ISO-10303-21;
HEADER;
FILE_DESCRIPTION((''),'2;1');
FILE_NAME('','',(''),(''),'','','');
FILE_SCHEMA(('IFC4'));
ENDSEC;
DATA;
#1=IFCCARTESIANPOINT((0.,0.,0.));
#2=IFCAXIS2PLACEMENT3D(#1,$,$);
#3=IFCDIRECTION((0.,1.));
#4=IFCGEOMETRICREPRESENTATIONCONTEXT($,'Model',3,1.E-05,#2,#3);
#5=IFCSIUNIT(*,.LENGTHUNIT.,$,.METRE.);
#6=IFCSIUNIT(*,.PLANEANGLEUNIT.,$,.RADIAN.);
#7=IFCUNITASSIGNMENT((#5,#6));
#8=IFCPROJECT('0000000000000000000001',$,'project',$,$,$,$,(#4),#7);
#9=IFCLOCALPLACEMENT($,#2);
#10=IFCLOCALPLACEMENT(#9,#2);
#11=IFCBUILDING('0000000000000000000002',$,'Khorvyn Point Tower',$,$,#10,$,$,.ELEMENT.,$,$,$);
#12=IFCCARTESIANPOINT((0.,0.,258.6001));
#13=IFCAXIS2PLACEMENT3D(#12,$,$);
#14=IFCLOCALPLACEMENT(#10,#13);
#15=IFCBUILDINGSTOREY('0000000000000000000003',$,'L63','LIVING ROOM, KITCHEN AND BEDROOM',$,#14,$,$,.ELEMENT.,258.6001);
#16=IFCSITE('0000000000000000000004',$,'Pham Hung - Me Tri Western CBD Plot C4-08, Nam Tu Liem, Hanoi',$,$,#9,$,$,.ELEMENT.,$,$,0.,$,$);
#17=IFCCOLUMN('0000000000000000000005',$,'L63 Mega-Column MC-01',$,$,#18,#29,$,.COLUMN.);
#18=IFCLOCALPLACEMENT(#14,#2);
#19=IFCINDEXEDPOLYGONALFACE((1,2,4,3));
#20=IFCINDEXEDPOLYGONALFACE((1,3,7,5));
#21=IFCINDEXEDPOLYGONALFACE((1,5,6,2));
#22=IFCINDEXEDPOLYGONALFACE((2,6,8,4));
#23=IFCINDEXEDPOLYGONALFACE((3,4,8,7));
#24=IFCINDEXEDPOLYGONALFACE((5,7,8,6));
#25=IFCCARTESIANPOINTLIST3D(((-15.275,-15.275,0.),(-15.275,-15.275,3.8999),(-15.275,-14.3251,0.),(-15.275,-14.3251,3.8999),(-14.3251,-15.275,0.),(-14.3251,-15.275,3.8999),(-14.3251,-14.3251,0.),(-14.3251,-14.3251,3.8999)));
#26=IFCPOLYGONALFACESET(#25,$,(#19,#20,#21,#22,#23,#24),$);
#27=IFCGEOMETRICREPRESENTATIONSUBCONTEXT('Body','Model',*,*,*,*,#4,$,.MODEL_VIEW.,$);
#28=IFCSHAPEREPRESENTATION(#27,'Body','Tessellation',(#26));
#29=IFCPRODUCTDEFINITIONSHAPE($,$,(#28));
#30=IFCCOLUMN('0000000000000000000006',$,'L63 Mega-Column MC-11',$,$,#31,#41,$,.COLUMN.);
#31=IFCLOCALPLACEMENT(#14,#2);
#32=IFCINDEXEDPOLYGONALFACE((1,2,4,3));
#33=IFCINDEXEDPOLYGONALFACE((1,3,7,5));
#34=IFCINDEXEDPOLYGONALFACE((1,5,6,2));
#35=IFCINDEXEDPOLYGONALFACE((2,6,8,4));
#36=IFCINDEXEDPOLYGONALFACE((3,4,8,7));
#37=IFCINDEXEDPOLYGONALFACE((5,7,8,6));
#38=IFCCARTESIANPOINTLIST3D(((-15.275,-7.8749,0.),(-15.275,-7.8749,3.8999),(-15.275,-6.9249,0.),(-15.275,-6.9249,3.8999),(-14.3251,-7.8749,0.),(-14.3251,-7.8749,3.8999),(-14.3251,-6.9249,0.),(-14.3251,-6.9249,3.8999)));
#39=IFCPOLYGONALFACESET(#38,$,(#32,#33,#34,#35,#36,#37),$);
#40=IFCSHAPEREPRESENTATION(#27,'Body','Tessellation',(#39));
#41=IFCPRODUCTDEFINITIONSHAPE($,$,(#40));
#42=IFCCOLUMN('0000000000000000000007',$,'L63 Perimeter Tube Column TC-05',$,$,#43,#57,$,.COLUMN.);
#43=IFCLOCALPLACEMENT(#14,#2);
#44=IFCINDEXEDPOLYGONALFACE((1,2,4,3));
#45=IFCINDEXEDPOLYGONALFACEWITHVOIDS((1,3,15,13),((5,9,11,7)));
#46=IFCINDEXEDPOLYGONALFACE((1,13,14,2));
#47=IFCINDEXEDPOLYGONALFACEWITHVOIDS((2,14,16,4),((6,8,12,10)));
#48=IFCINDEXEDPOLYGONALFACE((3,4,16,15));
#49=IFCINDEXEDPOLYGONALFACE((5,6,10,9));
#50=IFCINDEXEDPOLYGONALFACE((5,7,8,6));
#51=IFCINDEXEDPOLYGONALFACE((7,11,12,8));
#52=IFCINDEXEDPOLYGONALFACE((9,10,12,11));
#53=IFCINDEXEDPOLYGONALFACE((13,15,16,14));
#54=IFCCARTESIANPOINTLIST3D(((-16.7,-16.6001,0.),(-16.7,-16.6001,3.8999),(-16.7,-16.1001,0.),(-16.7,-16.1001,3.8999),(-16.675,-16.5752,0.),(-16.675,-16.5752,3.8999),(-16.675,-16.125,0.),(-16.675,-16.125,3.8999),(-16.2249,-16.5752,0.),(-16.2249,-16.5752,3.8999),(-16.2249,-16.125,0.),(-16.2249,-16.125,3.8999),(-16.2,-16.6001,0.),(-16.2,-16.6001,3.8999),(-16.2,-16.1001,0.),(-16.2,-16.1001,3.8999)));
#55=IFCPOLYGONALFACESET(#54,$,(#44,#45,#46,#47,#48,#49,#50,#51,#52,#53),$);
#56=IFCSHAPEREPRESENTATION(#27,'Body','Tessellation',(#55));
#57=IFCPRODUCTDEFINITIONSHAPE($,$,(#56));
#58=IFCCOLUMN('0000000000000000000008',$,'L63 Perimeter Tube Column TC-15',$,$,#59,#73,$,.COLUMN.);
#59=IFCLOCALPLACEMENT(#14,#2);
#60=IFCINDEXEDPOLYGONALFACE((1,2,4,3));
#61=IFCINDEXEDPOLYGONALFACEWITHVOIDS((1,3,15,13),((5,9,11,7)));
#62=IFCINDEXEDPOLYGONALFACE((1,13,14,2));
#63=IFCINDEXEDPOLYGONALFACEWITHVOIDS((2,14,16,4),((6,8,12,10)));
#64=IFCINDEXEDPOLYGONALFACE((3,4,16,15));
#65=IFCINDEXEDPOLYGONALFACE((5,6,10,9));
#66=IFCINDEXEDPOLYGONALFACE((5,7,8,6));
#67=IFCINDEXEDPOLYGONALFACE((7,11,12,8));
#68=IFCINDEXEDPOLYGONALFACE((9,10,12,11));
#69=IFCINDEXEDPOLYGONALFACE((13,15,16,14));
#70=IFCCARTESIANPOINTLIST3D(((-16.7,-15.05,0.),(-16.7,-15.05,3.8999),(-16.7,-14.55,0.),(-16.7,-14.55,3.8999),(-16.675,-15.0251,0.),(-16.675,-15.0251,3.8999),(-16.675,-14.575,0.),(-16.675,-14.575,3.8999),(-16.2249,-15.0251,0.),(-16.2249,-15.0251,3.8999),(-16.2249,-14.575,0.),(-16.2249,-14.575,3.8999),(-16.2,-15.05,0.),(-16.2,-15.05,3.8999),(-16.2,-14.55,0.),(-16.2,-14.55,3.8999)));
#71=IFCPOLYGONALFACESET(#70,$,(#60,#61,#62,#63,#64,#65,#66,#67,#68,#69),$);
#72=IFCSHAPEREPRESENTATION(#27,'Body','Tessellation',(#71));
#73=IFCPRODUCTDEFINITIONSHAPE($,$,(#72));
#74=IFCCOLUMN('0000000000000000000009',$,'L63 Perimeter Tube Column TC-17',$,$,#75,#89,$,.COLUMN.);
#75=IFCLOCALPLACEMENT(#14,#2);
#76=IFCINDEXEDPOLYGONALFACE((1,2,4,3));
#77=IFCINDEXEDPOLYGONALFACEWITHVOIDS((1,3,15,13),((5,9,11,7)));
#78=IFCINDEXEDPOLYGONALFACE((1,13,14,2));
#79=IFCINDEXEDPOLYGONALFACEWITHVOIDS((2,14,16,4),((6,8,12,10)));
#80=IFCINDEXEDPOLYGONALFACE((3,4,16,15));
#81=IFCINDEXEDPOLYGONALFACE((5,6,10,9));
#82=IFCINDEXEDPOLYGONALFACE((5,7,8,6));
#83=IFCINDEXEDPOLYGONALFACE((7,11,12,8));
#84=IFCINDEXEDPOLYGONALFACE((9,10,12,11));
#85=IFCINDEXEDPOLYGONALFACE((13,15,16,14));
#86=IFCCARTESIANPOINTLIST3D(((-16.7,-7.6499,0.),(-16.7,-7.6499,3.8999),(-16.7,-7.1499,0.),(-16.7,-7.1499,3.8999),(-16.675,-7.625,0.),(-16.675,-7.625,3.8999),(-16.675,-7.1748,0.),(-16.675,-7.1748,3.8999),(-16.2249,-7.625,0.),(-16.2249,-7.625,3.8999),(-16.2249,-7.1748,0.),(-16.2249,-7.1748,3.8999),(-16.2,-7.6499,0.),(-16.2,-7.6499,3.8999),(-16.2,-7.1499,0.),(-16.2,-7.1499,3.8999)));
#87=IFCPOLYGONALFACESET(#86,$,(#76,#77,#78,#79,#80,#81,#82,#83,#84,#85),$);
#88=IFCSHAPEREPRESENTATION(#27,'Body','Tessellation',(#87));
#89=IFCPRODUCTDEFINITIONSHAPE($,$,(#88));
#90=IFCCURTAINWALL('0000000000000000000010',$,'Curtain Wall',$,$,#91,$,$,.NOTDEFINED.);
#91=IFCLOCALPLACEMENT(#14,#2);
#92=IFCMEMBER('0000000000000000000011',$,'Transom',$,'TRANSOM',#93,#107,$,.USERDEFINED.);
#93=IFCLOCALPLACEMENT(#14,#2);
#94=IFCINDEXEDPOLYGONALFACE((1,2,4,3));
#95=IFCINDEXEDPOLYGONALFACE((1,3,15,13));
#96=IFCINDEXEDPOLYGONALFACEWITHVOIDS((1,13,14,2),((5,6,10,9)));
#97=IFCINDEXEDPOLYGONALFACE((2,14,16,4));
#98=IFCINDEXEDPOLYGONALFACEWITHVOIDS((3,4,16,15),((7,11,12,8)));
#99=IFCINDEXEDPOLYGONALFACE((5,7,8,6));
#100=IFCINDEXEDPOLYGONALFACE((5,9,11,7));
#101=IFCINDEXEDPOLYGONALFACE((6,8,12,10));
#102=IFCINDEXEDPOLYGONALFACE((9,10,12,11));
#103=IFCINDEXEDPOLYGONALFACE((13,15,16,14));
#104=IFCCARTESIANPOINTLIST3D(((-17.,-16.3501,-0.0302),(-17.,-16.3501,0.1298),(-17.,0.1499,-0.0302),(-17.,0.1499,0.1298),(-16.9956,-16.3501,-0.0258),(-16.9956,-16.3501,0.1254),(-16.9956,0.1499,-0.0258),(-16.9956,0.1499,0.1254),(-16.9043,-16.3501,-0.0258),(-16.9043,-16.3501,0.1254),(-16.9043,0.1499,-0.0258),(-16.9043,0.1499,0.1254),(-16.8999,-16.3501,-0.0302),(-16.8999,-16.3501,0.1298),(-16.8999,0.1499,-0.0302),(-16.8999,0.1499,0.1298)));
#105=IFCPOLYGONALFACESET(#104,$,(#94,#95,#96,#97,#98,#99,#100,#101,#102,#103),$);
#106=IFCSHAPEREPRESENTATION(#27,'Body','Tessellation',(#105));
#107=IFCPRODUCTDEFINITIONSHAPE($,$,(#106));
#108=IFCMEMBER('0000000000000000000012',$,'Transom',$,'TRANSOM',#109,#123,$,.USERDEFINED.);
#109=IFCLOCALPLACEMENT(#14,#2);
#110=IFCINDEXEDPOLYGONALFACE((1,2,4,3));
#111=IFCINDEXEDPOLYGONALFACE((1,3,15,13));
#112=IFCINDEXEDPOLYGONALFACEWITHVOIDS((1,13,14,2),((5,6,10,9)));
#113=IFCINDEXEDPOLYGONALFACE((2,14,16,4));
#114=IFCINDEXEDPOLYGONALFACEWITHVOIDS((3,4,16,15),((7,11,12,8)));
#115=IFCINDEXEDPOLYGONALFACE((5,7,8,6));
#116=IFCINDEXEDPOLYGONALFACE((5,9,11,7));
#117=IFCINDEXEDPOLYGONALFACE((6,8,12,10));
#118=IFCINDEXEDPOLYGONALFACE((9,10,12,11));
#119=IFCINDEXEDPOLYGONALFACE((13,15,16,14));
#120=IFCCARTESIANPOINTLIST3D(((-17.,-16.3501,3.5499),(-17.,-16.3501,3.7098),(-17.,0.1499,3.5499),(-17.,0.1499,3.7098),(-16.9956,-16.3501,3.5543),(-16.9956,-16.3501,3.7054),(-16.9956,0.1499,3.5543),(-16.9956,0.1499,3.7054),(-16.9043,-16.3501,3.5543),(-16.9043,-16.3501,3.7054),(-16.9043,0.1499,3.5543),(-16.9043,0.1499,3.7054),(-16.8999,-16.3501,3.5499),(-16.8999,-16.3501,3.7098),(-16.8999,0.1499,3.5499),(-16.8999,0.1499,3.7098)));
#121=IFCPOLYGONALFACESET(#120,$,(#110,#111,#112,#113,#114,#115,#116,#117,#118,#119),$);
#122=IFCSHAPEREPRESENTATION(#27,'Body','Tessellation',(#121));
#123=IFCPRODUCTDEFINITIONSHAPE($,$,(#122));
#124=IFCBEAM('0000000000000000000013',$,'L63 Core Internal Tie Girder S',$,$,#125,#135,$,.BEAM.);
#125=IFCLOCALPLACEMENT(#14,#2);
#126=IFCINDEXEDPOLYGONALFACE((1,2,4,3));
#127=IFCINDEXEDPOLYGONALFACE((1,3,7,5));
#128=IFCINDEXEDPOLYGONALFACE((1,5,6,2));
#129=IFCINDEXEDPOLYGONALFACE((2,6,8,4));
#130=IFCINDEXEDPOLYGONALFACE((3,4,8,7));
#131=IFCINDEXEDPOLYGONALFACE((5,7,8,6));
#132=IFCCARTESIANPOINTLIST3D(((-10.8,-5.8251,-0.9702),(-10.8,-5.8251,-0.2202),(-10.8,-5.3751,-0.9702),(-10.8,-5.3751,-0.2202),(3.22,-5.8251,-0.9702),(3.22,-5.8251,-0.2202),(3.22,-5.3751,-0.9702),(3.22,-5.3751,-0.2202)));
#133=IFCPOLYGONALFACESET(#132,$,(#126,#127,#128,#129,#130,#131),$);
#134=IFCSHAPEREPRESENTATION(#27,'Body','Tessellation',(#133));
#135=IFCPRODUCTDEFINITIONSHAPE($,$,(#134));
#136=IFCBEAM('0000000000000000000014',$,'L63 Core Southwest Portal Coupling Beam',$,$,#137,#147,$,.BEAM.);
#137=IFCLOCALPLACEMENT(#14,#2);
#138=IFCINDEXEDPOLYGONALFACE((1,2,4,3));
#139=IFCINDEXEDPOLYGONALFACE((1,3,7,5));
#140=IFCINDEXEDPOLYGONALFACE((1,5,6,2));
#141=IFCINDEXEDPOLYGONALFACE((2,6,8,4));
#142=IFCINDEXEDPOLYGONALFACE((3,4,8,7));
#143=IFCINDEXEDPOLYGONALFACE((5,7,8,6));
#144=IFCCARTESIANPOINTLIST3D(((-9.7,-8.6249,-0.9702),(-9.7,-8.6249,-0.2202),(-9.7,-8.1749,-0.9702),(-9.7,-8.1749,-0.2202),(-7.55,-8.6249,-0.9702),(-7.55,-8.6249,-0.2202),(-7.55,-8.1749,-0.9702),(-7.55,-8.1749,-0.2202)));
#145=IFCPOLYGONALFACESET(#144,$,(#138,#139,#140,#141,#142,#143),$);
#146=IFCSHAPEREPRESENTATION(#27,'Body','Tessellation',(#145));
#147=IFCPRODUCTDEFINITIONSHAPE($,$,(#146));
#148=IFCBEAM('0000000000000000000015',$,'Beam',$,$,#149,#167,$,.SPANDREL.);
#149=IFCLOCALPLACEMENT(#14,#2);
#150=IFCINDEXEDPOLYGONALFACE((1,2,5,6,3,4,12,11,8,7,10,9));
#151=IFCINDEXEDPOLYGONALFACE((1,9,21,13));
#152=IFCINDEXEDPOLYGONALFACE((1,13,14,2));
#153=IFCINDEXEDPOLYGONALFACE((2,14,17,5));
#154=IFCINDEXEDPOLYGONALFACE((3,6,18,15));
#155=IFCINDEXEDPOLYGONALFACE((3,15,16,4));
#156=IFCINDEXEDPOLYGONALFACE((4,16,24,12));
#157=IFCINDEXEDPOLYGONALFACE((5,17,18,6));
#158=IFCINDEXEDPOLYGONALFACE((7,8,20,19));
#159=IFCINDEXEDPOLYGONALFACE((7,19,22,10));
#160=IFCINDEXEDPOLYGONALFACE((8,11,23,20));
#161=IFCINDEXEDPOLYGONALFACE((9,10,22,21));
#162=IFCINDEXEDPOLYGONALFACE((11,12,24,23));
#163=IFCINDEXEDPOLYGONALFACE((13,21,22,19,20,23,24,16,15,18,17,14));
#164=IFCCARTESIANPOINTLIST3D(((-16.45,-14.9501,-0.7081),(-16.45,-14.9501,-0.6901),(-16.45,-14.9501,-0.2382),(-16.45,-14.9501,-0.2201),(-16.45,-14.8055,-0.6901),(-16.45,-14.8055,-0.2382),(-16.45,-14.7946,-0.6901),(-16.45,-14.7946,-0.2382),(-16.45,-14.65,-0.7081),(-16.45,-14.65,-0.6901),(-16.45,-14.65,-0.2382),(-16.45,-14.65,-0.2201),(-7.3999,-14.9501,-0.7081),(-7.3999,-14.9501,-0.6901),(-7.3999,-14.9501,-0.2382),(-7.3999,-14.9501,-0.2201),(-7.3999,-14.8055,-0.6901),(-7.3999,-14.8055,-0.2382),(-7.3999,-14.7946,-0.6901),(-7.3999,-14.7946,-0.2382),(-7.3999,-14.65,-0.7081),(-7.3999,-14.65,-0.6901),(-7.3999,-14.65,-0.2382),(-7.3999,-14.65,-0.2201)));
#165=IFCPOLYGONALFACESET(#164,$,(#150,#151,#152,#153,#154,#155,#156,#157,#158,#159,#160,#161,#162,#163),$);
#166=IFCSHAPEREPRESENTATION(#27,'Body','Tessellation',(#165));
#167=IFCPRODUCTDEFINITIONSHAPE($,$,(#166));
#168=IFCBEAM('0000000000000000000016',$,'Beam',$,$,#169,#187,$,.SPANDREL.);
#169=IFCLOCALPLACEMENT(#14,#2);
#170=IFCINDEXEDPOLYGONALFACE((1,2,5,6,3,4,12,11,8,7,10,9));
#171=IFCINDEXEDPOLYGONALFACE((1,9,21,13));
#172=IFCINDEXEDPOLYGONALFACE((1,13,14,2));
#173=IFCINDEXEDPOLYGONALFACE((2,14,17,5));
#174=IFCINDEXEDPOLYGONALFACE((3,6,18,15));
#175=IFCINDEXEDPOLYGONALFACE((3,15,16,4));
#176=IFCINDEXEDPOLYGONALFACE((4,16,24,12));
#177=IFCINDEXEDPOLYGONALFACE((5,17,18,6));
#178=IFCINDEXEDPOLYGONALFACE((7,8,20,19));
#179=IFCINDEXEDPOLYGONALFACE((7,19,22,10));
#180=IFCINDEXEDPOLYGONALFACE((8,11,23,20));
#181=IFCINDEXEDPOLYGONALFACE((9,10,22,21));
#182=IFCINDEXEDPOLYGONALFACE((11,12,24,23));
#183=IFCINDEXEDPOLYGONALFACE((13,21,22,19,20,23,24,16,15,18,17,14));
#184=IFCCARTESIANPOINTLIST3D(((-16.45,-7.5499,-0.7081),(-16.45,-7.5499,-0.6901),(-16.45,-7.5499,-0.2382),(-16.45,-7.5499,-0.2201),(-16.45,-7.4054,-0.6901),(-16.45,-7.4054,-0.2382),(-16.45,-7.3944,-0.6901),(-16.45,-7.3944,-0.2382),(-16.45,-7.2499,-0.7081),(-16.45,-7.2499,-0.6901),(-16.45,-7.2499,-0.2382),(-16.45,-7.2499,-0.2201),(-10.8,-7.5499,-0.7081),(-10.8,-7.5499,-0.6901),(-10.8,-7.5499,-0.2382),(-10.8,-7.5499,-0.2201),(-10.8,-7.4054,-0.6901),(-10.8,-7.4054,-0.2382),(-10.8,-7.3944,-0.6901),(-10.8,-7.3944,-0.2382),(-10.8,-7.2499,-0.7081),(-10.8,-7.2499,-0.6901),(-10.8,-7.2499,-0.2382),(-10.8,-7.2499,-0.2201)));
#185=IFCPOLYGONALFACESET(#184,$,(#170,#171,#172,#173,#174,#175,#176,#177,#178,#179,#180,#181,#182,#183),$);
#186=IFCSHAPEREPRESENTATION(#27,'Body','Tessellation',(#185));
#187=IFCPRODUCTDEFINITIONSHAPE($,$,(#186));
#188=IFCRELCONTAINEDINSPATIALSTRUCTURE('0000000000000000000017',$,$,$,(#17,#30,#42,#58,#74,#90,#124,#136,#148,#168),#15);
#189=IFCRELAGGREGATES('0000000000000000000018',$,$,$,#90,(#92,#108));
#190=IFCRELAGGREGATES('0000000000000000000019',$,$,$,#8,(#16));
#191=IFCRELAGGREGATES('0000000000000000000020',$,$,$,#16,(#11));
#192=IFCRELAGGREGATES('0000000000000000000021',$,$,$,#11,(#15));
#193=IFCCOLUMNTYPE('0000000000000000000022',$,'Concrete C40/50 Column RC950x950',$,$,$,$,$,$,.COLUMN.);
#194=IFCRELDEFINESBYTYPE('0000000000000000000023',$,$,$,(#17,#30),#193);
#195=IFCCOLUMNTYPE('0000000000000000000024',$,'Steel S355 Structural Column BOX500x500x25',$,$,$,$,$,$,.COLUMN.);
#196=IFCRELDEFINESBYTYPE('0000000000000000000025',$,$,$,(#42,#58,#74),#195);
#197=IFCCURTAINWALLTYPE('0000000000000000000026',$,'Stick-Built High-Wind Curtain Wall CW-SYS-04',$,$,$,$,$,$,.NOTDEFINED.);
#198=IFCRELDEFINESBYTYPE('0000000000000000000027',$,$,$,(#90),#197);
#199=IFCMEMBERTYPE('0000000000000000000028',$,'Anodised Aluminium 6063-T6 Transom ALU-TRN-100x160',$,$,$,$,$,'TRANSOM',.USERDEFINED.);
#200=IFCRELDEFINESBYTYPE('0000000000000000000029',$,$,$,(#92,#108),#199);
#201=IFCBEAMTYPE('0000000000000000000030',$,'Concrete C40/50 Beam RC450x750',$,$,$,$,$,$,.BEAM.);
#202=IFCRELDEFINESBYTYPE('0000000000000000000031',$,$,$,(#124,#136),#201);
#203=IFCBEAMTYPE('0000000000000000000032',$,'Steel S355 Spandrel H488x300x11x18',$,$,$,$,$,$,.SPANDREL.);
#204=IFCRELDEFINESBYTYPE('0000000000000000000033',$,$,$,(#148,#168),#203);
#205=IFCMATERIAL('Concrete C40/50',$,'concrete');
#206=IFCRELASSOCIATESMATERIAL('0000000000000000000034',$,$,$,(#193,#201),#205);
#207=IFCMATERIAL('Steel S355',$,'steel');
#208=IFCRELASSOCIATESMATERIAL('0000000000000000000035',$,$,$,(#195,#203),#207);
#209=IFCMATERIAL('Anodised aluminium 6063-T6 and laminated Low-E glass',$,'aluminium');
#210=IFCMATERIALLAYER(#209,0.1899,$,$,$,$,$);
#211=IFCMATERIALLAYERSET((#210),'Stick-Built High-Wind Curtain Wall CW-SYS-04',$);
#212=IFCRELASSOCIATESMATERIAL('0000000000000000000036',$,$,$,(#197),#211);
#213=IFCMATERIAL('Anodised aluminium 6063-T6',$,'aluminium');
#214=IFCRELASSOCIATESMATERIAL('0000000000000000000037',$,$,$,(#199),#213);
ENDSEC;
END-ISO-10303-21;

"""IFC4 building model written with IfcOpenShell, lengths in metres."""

from ifc_helpers import new_model, si_unit, direction, frame, origin, origin_2d, place, context, subcontext, project, spatial, rectangle, hollow_rectangle, i_section, extrude, material, layer, layer_set, material_profile, profile_set, type_object, element, aggregate, save


model = new_model("IFC4")

# Units and contexts
model_context = context("Model", 3, precision=1e-05, world=origin(), true_north=direction((0.0, 1.0)))
body_context = subcontext(model_context, "Body", "Model", "MODEL_VIEW")
ifc_project = project(units=[si_unit("LENGTHUNIT", "METRE"), si_unit("PLANEANGLEUNIT", "RADIAN")], contexts=[model_context])

# Site, building, storey
site_placement = place(None, origin())
site = spatial("IfcSite", under=ifc_project, at=site_placement, Name="Pham Hung - Me Tri Western CBD Plot C4-08, Nam Tu Liem, Hanoi", CompositionType="ELEMENT", RefElevation=0.0)
building_placement = place(site_placement, origin())
building = spatial("IfcBuilding", under=site, at=building_placement, Name="Khorvyn Point Tower", CompositionType="ELEMENT")
storey_placement = place(building_placement, frame((0.0, 0.0, 258.6001)))
storey = spatial("IfcBuildingStorey", under=building, at=storey_placement, Name="L63", Description="LIVING ROOM, KITCHEN AND BEDROOM", CompositionType="ELEMENT", Elevation=258.6001)

# Columns
ifc_material_1 = material(Name="Concrete C40/50", Category="concrete")
ifc_material_profile_1 = material_profile(ifc_material_1, rectangle(XDim=0.95, YDim=0.95, at=origin_2d()))
ifc_profile_set_1 = profile_set([ifc_material_profile_1], Name="Concrete C40/50 RC950x950")
column_type_1 = type_object("IfcColumnType", Name="Concrete C40/50 Column RC950x950", PredefinedType="COLUMN", material=ifc_profile_set_1)
for number, where, z_axis, x_axis, name in (
    (1, (-14.8, -14.8, 0.0), (0.0, 0.0, 1.0), (1.0, 0.0, 0.0), "L63 Mega-Column MC-01"),
    (2, (-14.8, -7.3999, 0.0), (0.0, 0.0, 1.0), (1.0, 0.0, 0.0), "L63 Mega-Column MC-11"),
):
    element("IfcColumn", number, at=place(storey_placement, frame(where, z_axis=z_axis, x_axis=x_axis)), inside=storey, type_object=column_type_1, Name=name, PredefinedType="COLUMN", context=body_context, shape_type="SweptSolid", body=[
        extrude(rectangle(XDim=0.95, YDim=0.95, at=origin_2d()), origin(), (0.0, 0.0, 1.0), 3.8999),
    ])
ifc_material_2 = material(Name="Steel S355", Category="steel")
ifc_material_profile_2 = material_profile(ifc_material_2, hollow_rectangle(XDim=0.5, YDim=0.5, WallThickness=0.0249, at=origin_2d()))
ifc_profile_set_2 = profile_set([ifc_material_profile_2], Name="Steel S355 BOX500x500x25")
column_type_2 = type_object("IfcColumnType", Name="Steel S355 Structural Column BOX500x500x25", PredefinedType="COLUMN", material=ifc_profile_set_2)
for number, where, z_axis, x_axis, name in (
    (3, (-16.45, -16.3501, 0.0), (0.0, 0.0, 1.0), (1.0, 0.0, 0.0), "L63 Perimeter Tube Column TC-05"),
    (4, (-16.45, -14.8, 0.0), (0.0, 0.0, 1.0), (1.0, 0.0, 0.0), "L63 Perimeter Tube Column TC-15"),
    (5, (-16.45, -7.3999, 0.0), (0.0, 0.0, 1.0), (1.0, 0.0, 0.0), "L63 Perimeter Tube Column TC-17"),
):
    element("IfcColumn", number, at=place(storey_placement, frame(where, z_axis=z_axis, x_axis=x_axis)), inside=storey, type_object=column_type_2, Name=name, PredefinedType="COLUMN", context=body_context, shape_type="SweptSolid", body=[
        extrude(hollow_rectangle(XDim=0.5, YDim=0.5, WallThickness=0.0249, at=origin_2d()), origin(), (0.0, 0.0, 1.0), 3.8999),
    ])

# Curtain wall, members
ifc_material_3 = material(Name="Anodised aluminium 6063-T6 and laminated Low-E glass", Category="aluminium")
ifc_layer_1 = layer(ifc_material_3, 0.1899)
ifc_layer_set_1 = layer_set([ifc_layer_1], Name="Stick-Built High-Wind Curtain Wall CW-SYS-04")
curtain_wall_type = type_object("IfcCurtainWallType", Name="Stick-Built High-Wind Curtain Wall CW-SYS-04", PredefinedType="NOTDEFINED", material=ifc_layer_set_1)
curtain_wall_placement = place(storey_placement, origin())
curtain_wall = element("IfcCurtainWall", 6, at=curtain_wall_placement, inside=storey, type_object=curtain_wall_type, Name="Curtain Wall", PredefinedType="NOTDEFINED")
ifc_material_4 = material(Name="Anodised aluminium 6063-T6", Category="aluminium")
ifc_material_profile_3 = material_profile(ifc_material_4, hollow_rectangle(XDim=0.1001, YDim=0.1599, WallThickness=0.0044, at=origin_2d()))
ifc_profile_set_3 = profile_set([ifc_material_profile_3], Name="Anodised aluminium 6063-T6 ALU-TRN-100x160")
member_type = type_object("IfcMemberType", Name="Anodised Aluminium 6063-T6 Transom ALU-TRN-100x160", ElementType="TRANSOM", PredefinedType="USERDEFINED", material=ifc_profile_set_3)
member_1_placement = place(storey_placement, frame((-16.95, -16.3501, 0.0498), z_axis=(0.0, 1.0, 0.0), x_axis=(-1.0, 0.0, 0.0)))
member_1 = element("IfcMember", 7, at=member_1_placement, type_object=member_type, Name="Transom", ObjectType="TRANSOM", PredefinedType="USERDEFINED", context=body_context, shape_type="SweptSolid", body=[
    extrude(hollow_rectangle(XDim=0.1001, YDim=0.1599, WallThickness=0.0044, at=origin_2d()), origin(), (0.0, 0.0, 1.0), 16.5),
])
member_2_placement = place(storey_placement, frame((-16.95, -16.3501, 3.6299), z_axis=(0.0, 1.0, 0.0), x_axis=(-1.0, 0.0, 0.0)))
member_2 = element("IfcMember", 8, at=member_2_placement, type_object=member_type, Name="Transom", ObjectType="TRANSOM", PredefinedType="USERDEFINED", context=body_context, shape_type="SweptSolid", body=[
    extrude(hollow_rectangle(XDim=0.1001, YDim=0.1599, WallThickness=0.0044, at=origin_2d()), origin(), (0.0, 0.0, 1.0), 16.5),
])

# Beams
ifc_material_profile_4 = material_profile(ifc_material_1, rectangle(XDim=0.45, YDim=0.75, at=origin_2d()))
ifc_profile_set_4 = profile_set([ifc_material_profile_4], Name="Concrete C40/50 RC450x750")
beam_type_1 = type_object("IfcBeamType", Name="Concrete C40/50 Beam RC450x750", PredefinedType="BEAM", material=ifc_profile_set_4)
beam_1_placement = place(storey_placement, frame((-10.8, -5.6001, -0.5952), z_axis=(1.0, 0.0, 0.0), x_axis=(0.0, 1.0, 0.0)))
element("IfcBeam", 9, at=beam_1_placement, inside=storey, type_object=beam_type_1, Name="L63 Core Internal Tie Girder S", PredefinedType="BEAM", context=body_context, shape_type="SweptSolid", body=[
    extrude(rectangle(XDim=0.45, YDim=0.75, at=origin_2d()), origin(), (0.0, 0.0, 1.0), 14.02),
])
beam_2_placement = place(storey_placement, frame((-9.7, -8.3999, -0.5952), z_axis=(1.0, 0.0, 0.0), x_axis=(0.0, 1.0, 0.0)))
element("IfcBeam", 10, at=beam_2_placement, inside=storey, type_object=beam_type_1, Name="L63 Core Southwest Portal Coupling Beam", PredefinedType="BEAM", context=body_context, shape_type="SweptSolid", body=[
    extrude(rectangle(XDim=0.45, YDim=0.75, at=origin_2d()), origin(), (0.0, 0.0, 1.0), 2.1499),
])
ifc_material_profile_5 = material_profile(ifc_material_2, i_section(OverallWidth=0.3, OverallDepth=0.488, WebThickness=0.011, FlangeThickness=0.0181, at=origin_2d()))
ifc_profile_set_5 = profile_set([ifc_material_profile_5], Name="Steel S355 H488x300x11x18")
beam_type_2 = type_object("IfcBeamType", Name="Steel S355 Spandrel H488x300x11x18", PredefinedType="SPANDREL", material=ifc_profile_set_5)
beam_3_placement = place(storey_placement, frame((-16.45, -14.8, -0.4641), z_axis=(1.0, 0.0, 0.0), x_axis=(0.0, 1.0, 0.0)))
element("IfcBeam", 11, at=beam_3_placement, inside=storey, type_object=beam_type_2, Name="Beam", PredefinedType="SPANDREL", context=body_context, shape_type="SweptSolid", body=[
    extrude(i_section(OverallWidth=0.3, OverallDepth=0.488, WebThickness=0.011, FlangeThickness=0.0181, at=origin_2d()), origin(), (0.0, 0.0, 1.0), 9.05),
])
beam_4_placement = place(storey_placement, frame((-16.45, -7.3999, -0.4641), z_axis=(1.0, 0.0, 0.0), x_axis=(0.0, 1.0, 0.0)))
element("IfcBeam", 12, at=beam_4_placement, inside=storey, type_object=beam_type_2, Name="Beam", PredefinedType="SPANDREL", context=body_context, shape_type="SweptSolid", body=[
    extrude(i_section(OverallWidth=0.3, OverallDepth=0.488, WebThickness=0.011, FlangeThickness=0.0181, at=origin_2d()), origin(), (0.0, 0.0, 1.0), 5.6499),
])

aggregate(curtain_wall, [member_1, member_2])

save(model, "model.ifc")
